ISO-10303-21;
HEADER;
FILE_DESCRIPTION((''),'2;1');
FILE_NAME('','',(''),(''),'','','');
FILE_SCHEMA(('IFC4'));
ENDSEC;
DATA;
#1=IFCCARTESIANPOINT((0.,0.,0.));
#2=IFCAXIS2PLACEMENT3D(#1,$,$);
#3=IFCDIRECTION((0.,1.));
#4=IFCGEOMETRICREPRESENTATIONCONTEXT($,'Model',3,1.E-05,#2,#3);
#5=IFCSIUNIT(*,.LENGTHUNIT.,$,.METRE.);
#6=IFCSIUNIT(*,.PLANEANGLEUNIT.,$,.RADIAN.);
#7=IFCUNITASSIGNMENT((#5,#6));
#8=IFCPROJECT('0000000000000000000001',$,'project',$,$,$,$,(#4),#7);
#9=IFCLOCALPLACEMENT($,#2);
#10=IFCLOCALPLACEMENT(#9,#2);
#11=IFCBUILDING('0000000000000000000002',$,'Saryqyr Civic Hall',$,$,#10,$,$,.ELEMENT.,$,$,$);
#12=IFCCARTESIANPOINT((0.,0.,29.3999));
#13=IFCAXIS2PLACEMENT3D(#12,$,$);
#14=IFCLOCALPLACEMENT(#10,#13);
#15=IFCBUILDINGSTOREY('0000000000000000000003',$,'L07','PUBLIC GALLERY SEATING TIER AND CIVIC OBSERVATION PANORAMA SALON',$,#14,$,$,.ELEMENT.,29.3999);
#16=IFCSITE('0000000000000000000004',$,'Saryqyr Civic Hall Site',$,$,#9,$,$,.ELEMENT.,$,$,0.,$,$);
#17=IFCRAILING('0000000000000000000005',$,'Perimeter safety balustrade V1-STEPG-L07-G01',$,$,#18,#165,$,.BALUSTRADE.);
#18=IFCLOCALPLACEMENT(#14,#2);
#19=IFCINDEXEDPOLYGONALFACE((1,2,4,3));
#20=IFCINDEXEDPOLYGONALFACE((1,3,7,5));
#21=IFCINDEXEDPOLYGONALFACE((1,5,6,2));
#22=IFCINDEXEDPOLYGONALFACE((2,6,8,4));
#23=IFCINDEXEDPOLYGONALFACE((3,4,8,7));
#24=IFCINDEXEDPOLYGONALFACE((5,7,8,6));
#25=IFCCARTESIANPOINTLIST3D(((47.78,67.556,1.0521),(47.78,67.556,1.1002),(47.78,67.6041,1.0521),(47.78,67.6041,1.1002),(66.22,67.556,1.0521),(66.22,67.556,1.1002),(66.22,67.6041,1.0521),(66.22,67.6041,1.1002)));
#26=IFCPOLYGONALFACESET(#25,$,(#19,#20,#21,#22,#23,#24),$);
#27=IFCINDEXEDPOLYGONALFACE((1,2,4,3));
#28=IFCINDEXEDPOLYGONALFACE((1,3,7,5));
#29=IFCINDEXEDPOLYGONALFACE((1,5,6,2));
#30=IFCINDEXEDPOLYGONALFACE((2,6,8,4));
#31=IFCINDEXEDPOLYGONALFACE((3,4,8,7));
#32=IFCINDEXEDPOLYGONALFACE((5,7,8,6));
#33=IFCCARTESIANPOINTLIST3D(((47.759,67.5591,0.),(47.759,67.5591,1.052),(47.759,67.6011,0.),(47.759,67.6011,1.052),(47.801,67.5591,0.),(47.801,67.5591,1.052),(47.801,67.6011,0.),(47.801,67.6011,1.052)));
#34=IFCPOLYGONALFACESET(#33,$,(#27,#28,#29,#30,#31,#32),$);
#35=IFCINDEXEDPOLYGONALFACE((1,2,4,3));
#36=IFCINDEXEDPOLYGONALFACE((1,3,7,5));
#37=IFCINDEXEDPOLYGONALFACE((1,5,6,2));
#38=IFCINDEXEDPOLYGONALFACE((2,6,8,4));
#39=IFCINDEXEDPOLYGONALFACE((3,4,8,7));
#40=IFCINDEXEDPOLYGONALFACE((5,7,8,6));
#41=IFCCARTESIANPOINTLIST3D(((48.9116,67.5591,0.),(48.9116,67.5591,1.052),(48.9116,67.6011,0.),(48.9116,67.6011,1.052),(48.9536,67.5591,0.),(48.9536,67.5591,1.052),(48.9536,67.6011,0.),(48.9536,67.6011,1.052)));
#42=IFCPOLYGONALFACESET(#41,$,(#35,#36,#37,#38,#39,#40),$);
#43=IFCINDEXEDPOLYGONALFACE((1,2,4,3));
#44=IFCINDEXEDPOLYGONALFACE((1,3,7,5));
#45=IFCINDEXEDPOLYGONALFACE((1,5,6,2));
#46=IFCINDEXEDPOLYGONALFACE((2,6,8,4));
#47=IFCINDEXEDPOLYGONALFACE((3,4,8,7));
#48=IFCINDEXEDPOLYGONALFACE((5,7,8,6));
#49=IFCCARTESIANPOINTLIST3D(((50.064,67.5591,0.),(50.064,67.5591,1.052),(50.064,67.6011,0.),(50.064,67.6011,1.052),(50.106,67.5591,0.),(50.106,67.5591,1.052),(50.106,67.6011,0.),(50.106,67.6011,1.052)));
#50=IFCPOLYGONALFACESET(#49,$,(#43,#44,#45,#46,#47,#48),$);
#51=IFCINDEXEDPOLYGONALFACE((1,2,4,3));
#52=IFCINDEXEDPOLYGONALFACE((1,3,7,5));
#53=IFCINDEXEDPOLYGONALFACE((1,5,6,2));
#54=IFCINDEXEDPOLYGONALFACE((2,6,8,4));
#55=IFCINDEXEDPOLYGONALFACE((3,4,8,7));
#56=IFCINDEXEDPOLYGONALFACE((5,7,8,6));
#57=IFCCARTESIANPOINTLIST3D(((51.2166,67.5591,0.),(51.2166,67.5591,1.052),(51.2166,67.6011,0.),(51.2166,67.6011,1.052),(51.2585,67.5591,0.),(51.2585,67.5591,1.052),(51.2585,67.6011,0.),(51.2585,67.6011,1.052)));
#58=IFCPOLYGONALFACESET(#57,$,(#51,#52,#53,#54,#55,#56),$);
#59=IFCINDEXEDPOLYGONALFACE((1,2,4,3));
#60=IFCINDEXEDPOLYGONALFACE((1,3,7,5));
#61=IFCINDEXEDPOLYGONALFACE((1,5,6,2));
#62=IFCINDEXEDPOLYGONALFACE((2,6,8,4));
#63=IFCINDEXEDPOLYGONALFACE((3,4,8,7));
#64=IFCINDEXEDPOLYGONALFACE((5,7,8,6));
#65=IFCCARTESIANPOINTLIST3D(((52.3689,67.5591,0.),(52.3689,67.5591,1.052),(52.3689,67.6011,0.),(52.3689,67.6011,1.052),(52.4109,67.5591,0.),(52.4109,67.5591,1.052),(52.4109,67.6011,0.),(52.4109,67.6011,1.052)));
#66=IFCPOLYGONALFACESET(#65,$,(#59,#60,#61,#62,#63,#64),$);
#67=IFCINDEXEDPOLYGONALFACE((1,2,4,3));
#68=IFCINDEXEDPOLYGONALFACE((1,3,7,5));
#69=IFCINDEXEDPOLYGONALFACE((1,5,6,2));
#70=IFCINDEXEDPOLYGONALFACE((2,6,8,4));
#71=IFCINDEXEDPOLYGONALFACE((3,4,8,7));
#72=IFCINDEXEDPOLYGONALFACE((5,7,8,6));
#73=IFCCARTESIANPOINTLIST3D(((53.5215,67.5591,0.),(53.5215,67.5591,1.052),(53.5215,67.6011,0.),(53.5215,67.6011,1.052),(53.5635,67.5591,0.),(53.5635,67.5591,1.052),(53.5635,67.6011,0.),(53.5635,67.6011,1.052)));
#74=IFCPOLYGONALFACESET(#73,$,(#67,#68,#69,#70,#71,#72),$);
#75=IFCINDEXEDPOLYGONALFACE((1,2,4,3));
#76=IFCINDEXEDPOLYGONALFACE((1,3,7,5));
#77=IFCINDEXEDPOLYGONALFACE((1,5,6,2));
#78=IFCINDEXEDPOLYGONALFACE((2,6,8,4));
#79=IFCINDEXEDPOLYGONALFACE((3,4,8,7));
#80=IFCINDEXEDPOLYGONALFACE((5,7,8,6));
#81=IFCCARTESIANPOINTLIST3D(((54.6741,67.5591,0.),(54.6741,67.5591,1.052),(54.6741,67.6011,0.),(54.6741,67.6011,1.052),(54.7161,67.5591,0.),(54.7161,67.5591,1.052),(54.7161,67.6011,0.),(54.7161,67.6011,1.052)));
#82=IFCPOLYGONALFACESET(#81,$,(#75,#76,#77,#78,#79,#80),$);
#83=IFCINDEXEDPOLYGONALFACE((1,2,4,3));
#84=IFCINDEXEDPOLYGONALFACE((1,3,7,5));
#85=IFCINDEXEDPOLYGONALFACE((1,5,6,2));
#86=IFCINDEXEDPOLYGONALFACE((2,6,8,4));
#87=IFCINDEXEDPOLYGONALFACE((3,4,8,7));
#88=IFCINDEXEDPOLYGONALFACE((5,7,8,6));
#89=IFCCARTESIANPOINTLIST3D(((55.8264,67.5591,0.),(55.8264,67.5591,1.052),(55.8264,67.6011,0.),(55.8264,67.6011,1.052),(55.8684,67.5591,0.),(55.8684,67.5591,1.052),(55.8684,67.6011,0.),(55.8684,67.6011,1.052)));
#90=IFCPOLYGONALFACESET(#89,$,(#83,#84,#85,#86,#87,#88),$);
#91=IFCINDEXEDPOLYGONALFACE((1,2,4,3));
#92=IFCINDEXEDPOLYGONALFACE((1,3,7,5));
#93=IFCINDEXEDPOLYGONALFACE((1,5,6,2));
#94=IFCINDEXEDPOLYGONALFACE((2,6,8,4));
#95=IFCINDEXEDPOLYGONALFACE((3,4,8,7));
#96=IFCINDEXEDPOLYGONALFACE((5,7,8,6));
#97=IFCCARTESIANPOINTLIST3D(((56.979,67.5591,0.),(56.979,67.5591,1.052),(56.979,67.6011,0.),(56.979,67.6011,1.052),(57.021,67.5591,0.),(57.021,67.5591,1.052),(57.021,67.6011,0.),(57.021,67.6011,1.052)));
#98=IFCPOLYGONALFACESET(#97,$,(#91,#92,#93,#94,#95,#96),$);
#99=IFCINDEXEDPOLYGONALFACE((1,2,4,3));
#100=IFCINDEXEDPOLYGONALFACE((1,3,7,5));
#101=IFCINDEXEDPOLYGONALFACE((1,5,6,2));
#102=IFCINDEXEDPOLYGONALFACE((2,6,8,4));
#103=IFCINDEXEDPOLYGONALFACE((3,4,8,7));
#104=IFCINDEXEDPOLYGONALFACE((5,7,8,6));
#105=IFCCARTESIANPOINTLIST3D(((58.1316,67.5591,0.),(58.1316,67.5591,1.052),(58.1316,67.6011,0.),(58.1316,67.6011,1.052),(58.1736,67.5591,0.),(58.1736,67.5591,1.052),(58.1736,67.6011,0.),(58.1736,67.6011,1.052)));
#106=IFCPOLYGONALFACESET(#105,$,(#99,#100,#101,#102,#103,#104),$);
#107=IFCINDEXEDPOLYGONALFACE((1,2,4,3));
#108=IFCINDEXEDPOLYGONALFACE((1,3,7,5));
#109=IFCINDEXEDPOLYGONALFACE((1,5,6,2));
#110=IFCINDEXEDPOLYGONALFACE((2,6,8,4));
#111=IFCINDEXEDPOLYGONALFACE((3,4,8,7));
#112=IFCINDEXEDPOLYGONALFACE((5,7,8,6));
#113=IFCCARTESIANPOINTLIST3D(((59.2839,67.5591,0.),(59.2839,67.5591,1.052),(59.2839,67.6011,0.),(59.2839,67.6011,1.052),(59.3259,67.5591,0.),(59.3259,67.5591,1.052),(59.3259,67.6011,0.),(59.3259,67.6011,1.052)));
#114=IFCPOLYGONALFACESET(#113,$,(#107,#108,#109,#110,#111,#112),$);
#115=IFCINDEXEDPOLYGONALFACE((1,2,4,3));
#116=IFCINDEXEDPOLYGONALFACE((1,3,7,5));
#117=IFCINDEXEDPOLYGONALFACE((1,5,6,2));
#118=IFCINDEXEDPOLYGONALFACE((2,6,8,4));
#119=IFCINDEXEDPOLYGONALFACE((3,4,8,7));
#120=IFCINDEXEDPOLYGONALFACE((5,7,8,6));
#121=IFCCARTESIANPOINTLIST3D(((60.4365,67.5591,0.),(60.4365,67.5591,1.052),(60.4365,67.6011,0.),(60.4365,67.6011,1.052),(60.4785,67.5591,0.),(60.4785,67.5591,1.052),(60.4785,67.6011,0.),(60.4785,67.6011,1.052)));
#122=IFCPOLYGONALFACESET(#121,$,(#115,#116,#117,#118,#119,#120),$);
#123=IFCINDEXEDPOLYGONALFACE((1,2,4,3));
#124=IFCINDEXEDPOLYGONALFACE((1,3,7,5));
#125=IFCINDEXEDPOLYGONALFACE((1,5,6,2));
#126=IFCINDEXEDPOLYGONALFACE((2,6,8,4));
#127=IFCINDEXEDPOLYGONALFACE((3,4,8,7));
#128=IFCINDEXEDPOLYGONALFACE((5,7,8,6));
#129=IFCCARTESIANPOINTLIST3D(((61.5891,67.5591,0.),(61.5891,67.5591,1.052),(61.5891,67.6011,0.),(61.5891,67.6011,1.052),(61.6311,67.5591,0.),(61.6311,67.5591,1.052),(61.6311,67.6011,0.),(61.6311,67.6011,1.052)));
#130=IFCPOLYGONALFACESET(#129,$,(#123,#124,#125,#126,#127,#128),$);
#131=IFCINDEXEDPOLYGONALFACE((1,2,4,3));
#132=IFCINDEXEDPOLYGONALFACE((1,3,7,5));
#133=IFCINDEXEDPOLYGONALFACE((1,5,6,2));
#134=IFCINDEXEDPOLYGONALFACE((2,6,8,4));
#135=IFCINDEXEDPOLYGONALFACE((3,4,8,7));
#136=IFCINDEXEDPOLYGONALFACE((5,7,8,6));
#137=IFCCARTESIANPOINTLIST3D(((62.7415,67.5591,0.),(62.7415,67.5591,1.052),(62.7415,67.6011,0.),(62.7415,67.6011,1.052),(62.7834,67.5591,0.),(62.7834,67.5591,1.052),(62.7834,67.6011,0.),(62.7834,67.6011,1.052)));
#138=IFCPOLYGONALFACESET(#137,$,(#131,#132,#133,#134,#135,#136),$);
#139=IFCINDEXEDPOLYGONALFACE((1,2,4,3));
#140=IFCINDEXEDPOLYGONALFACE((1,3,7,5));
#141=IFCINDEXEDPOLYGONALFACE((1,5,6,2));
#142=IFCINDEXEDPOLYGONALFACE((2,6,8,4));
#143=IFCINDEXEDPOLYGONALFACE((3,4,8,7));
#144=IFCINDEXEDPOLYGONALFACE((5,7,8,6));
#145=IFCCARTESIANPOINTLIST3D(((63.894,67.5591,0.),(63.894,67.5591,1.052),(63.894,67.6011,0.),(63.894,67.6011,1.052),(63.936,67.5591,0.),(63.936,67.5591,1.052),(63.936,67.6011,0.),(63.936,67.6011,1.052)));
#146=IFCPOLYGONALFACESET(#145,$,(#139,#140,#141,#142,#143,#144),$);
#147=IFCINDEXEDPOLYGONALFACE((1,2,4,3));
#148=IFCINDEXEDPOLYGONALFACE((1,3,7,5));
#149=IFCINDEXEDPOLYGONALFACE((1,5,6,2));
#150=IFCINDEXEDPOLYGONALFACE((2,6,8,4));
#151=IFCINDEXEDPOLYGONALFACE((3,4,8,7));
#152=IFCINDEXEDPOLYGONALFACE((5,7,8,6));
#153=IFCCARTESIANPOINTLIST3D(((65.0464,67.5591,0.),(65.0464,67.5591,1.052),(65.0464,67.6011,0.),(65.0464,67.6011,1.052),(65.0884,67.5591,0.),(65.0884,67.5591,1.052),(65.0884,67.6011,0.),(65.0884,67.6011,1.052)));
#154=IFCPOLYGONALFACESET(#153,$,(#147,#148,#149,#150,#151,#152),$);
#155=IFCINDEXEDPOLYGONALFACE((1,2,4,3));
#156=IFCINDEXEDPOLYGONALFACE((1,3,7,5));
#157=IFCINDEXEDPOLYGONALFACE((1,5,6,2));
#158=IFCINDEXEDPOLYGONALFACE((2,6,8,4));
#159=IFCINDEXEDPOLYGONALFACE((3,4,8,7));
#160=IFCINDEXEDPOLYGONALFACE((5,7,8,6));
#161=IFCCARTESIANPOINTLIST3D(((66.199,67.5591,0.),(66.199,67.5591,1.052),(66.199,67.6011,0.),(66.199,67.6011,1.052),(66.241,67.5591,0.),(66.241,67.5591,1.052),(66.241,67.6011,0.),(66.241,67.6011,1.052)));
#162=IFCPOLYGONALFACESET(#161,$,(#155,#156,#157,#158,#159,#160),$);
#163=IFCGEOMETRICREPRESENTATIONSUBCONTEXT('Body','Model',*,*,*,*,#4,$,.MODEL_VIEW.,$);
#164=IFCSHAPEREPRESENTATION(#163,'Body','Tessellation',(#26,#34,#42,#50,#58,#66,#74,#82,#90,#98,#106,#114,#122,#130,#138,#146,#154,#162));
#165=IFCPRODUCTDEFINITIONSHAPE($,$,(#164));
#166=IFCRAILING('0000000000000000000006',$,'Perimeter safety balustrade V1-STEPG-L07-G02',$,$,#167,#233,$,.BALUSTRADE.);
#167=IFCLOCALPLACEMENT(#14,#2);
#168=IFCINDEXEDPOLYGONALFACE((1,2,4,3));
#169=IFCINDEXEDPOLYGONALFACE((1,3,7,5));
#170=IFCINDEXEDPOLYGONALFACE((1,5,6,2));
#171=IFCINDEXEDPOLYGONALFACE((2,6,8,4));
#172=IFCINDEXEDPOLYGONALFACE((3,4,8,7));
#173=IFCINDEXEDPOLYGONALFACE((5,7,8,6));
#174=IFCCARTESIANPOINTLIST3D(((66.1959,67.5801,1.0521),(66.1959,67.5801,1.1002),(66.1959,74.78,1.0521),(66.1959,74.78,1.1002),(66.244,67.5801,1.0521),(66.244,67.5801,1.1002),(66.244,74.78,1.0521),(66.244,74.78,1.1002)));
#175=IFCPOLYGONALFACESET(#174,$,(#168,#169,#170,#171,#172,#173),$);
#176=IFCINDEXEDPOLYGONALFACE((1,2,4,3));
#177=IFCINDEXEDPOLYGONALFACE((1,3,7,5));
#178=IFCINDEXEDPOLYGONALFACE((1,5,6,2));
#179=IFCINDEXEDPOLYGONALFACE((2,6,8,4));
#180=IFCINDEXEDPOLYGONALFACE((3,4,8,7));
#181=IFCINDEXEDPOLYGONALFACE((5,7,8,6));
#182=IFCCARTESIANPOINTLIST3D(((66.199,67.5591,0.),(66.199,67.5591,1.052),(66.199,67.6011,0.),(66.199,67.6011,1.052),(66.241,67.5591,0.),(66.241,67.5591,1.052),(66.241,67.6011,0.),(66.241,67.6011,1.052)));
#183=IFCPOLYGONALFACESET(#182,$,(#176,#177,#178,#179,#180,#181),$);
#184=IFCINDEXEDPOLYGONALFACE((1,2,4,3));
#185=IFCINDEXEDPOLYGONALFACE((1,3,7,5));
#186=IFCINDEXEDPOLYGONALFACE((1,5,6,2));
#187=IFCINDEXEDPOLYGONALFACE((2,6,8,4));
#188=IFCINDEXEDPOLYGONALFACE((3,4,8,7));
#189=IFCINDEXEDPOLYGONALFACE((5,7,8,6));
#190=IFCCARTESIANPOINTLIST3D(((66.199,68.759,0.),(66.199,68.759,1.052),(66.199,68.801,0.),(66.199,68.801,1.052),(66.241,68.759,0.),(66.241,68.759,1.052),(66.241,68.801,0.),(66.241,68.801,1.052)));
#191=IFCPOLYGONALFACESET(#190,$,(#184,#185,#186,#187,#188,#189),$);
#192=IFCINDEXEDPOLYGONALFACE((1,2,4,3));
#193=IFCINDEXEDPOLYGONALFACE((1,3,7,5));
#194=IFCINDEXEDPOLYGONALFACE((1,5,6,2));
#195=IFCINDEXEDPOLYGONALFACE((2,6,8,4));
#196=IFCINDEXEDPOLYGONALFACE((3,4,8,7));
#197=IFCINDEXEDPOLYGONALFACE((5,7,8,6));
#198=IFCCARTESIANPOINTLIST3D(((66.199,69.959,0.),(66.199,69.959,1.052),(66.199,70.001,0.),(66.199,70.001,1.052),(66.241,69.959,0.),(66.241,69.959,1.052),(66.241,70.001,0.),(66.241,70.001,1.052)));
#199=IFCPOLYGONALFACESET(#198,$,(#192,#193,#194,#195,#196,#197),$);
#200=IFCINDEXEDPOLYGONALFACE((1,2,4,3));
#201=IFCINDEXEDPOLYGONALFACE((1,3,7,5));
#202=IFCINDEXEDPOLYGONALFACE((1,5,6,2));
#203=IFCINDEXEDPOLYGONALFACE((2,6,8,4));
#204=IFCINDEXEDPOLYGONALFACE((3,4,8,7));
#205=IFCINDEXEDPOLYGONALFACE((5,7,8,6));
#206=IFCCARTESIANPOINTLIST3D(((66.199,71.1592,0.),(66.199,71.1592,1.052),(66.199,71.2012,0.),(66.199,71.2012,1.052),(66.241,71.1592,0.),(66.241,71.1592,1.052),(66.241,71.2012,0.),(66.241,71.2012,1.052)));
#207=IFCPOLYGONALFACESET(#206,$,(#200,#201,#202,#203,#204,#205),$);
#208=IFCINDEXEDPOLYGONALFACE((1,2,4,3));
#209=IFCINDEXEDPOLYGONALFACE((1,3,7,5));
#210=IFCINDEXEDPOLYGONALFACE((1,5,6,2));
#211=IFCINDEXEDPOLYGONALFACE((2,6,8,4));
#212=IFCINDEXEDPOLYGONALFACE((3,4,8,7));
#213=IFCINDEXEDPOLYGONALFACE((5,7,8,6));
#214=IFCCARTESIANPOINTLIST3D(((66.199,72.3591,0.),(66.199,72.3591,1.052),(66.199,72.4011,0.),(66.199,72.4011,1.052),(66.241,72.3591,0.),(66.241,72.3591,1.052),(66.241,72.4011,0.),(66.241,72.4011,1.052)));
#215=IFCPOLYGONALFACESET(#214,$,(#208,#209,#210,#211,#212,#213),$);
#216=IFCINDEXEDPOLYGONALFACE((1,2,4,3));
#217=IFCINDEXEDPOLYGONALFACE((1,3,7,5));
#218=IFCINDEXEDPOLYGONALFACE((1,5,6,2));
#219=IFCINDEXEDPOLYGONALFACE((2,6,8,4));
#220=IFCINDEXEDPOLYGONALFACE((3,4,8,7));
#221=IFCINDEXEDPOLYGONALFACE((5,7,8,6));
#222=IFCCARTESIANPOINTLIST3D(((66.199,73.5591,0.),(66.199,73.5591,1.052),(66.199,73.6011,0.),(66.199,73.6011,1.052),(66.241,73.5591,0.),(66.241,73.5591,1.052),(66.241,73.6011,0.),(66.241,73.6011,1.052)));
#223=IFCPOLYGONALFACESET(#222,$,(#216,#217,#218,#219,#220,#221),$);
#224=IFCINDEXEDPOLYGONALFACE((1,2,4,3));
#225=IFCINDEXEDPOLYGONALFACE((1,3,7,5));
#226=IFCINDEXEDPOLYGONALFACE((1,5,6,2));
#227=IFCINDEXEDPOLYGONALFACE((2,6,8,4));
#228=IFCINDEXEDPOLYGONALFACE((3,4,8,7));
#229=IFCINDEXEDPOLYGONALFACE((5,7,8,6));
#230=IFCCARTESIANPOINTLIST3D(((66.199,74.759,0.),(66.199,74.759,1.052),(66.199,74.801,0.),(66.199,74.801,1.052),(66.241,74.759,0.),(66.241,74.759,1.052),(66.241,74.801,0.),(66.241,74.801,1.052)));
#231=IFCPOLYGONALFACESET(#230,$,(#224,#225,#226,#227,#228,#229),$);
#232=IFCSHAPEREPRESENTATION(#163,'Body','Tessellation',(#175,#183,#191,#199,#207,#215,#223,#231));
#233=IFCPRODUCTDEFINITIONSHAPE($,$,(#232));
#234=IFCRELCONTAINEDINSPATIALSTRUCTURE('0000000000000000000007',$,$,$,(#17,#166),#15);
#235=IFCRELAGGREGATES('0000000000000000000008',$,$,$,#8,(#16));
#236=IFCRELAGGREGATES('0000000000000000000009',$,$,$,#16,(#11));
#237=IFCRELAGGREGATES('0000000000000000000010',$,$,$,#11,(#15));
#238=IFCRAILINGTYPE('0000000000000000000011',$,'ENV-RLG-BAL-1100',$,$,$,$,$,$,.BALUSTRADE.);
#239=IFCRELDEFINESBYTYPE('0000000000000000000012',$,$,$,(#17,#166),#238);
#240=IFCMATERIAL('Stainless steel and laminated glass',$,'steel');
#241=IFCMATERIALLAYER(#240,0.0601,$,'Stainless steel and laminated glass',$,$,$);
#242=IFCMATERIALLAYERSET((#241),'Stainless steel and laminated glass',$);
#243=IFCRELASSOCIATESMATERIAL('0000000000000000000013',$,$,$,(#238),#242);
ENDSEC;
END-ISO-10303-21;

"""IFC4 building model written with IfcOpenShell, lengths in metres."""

from ifc_helpers import new_model, si_unit, direction, frame, origin, origin_2d, place, context, subcontext, project, spatial, rectangle, extrude, material, layer, layer_set, type_object, element, save


model = new_model("IFC4")

# Units and contexts
model_context = context("Model", 3, precision=1e-05, world=origin(), true_north=direction((0.0, 1.0)))
body_context = subcontext(model_context, "Body", "Model", "MODEL_VIEW")
ifc_project = project(units=[si_unit("LENGTHUNIT", "METRE"), si_unit("PLANEANGLEUNIT", "RADIAN")], contexts=[model_context])

# Site, building, storey
site_placement = place(None, origin())
site = spatial("IfcSite", under=ifc_project, at=site_placement, Name="Saryqyr Civic Hall Site", CompositionType="ELEMENT", RefElevation=0.0)
building_placement = place(site_placement, origin())
building = spatial("IfcBuilding", under=site, at=building_placement, Name="Saryqyr Civic Hall", CompositionType="ELEMENT")
storey_placement = place(building_placement, frame((0.0, 0.0, 29.3999)))
storey = spatial("IfcBuildingStorey", under=building, at=storey_placement, Name="L07", Description="PUBLIC GALLERY SEATING TIER AND CIVIC OBSERVATION PANORAMA SALON", CompositionType="ELEMENT", Elevation=29.3999)

# Railings
ifc_material_1 = material(Name="Stainless steel and laminated glass", Category="steel")
ifc_layer_1 = layer(ifc_material_1, 0.0601, Name="Stainless steel and laminated glass")
ifc_layer_set_1 = layer_set([ifc_layer_1], Name="Stainless steel and laminated glass")
railing_type_1 = type_object("IfcRailingType", Name="ENV-RLG-BAL-1100", PredefinedType="BALUSTRADE", material=ifc_layer_set_1)
railing_1_placement = place(storey_placement, frame((47.78, 67.5801, 0.0)))
element("IfcRailing", 1, at=railing_1_placement, inside=storey, type_object=railing_type_1, Name="Perimeter safety balustrade V1-STEPG-L07-G01", PredefinedType="BALUSTRADE", context=body_context, shape_type="SweptSolid", body=[
    extrude(rectangle(XDim=0.0481, YDim=0.0481, at=origin_2d()), frame((0.0, 0.0, 1.0762), z_axis=(1.0, 0.0, 0.0), x_axis=(0.0, 1.0, 0.0)), (0.0, 0.0, 1.0), 18.4399),
    extrude(rectangle(XDim=0.042, YDim=0.042, at=origin_2d()), origin(), (0.0, 0.0, 1.0), 1.052),
    extrude(rectangle(XDim=0.042, YDim=0.042, at=origin_2d()), frame((1.1526, 0.0, 0.0)), (0.0, 0.0, 1.0), 1.052),
    extrude(rectangle(XDim=0.042, YDim=0.042, at=origin_2d()), frame((2.3049, 0.0, 0.0)), (0.0, 0.0, 1.0), 1.052),
    extrude(rectangle(XDim=0.042, YDim=0.042, at=origin_2d()), frame((3.4575, 0.0, 0.0)), (0.0, 0.0, 1.0), 1.052),
    extrude(rectangle(XDim=0.042, YDim=0.042, at=origin_2d()), frame((4.6099, 0.0, 0.0)), (0.0, 0.0, 1.0), 1.052),
    extrude(rectangle(XDim=0.042, YDim=0.042, at=origin_2d()), frame((5.7625, 0.0, 0.0)), (0.0, 0.0, 1.0), 1.052),
    extrude(rectangle(XDim=0.042, YDim=0.042, at=origin_2d()), frame((6.915, 0.0, 0.0)), (0.0, 0.0, 1.0), 1.052),
    extrude(rectangle(XDim=0.042, YDim=0.042, at=origin_2d()), frame((8.0674, 0.0, 0.0)), (0.0, 0.0, 1.0), 1.052),
    extrude(rectangle(XDim=0.042, YDim=0.042, at=origin_2d()), frame((9.22, 0.0, 0.0)), (0.0, 0.0, 1.0), 1.052),
    extrude(rectangle(XDim=0.042, YDim=0.042, at=origin_2d()), frame((10.3726, 0.0, 0.0)), (0.0, 0.0, 1.0), 1.052),
    extrude(rectangle(XDim=0.042, YDim=0.042, at=origin_2d()), frame((11.5249, 0.0, 0.0)), (0.0, 0.0, 1.0), 1.052),
    extrude(rectangle(XDim=0.042, YDim=0.042, at=origin_2d()), frame((12.6775, 0.0, 0.0)), (0.0, 0.0, 1.0), 1.052),
    extrude(rectangle(XDim=0.042, YDim=0.042, at=origin_2d()), frame((13.8301, 0.0, 0.0)), (0.0, 0.0, 1.0), 1.052),
    extrude(rectangle(XDim=0.042, YDim=0.042, at=origin_2d()), frame((14.9824, 0.0, 0.0)), (0.0, 0.0, 1.0), 1.052),
    extrude(rectangle(XDim=0.042, YDim=0.042, at=origin_2d()), frame((16.135, 0.0, 0.0)), (0.0, 0.0, 1.0), 1.052),
    extrude(rectangle(XDim=0.042, YDim=0.042, at=origin_2d()), frame((17.2874, 0.0, 0.0)), (0.0, 0.0, 1.0), 1.052),
    extrude(rectangle(XDim=0.042, YDim=0.042, at=origin_2d()), frame((18.4399, 0.0, 0.0)), (0.0, 0.0, 1.0), 1.052),
])
railing_2_placement = place(storey_placement, frame((66.22, 67.5801, 0.0)))
element("IfcRailing", 2, at=railing_2_placement, inside=storey, type_object=railing_type_1, Name="Perimeter safety balustrade V1-STEPG-L07-G02", PredefinedType="BALUSTRADE", context=body_context, shape_type="SweptSolid", body=[
    extrude(rectangle(XDim=0.0481, YDim=0.0481, at=origin_2d()), frame((0.0, 0.0, 1.0762), z_axis=(0.0, 1.0, 0.0), x_axis=(-1.0, 0.0, 0.0)), (0.0, 0.0, 1.0), 7.2),
    extrude(rectangle(XDim=0.042, YDim=0.042, at=origin_2d()), origin(), (0.0, 0.0, 1.0), 1.052),
    extrude(rectangle(XDim=0.042, YDim=0.042, at=origin_2d()), frame((0.0, 1.2, 0.0)), (0.0, 0.0, 1.0), 1.052),
    extrude(rectangle(XDim=0.042, YDim=0.042, at=origin_2d()), frame((0.0, 2.3999, 0.0)), (0.0, 0.0, 1.0), 1.052),
    extrude(rectangle(XDim=0.042, YDim=0.042, at=origin_2d()), frame((0.0, 3.6001, 0.0)), (0.0, 0.0, 1.0), 1.052),
    extrude(rectangle(XDim=0.042, YDim=0.042, at=origin_2d()), frame((0.0, 4.8, 0.0)), (0.0, 0.0, 1.0), 1.052),
    extrude(rectangle(XDim=0.042, YDim=0.042, at=origin_2d()), frame((0.0, 6.0, 0.0)), (0.0, 0.0, 1.0), 1.052),
    extrude(rectangle(XDim=0.042, YDim=0.042, at=origin_2d()), frame((0.0, 7.2, 0.0)), (0.0, 0.0, 1.0), 1.052),
])

save(model, "model.ifc")
